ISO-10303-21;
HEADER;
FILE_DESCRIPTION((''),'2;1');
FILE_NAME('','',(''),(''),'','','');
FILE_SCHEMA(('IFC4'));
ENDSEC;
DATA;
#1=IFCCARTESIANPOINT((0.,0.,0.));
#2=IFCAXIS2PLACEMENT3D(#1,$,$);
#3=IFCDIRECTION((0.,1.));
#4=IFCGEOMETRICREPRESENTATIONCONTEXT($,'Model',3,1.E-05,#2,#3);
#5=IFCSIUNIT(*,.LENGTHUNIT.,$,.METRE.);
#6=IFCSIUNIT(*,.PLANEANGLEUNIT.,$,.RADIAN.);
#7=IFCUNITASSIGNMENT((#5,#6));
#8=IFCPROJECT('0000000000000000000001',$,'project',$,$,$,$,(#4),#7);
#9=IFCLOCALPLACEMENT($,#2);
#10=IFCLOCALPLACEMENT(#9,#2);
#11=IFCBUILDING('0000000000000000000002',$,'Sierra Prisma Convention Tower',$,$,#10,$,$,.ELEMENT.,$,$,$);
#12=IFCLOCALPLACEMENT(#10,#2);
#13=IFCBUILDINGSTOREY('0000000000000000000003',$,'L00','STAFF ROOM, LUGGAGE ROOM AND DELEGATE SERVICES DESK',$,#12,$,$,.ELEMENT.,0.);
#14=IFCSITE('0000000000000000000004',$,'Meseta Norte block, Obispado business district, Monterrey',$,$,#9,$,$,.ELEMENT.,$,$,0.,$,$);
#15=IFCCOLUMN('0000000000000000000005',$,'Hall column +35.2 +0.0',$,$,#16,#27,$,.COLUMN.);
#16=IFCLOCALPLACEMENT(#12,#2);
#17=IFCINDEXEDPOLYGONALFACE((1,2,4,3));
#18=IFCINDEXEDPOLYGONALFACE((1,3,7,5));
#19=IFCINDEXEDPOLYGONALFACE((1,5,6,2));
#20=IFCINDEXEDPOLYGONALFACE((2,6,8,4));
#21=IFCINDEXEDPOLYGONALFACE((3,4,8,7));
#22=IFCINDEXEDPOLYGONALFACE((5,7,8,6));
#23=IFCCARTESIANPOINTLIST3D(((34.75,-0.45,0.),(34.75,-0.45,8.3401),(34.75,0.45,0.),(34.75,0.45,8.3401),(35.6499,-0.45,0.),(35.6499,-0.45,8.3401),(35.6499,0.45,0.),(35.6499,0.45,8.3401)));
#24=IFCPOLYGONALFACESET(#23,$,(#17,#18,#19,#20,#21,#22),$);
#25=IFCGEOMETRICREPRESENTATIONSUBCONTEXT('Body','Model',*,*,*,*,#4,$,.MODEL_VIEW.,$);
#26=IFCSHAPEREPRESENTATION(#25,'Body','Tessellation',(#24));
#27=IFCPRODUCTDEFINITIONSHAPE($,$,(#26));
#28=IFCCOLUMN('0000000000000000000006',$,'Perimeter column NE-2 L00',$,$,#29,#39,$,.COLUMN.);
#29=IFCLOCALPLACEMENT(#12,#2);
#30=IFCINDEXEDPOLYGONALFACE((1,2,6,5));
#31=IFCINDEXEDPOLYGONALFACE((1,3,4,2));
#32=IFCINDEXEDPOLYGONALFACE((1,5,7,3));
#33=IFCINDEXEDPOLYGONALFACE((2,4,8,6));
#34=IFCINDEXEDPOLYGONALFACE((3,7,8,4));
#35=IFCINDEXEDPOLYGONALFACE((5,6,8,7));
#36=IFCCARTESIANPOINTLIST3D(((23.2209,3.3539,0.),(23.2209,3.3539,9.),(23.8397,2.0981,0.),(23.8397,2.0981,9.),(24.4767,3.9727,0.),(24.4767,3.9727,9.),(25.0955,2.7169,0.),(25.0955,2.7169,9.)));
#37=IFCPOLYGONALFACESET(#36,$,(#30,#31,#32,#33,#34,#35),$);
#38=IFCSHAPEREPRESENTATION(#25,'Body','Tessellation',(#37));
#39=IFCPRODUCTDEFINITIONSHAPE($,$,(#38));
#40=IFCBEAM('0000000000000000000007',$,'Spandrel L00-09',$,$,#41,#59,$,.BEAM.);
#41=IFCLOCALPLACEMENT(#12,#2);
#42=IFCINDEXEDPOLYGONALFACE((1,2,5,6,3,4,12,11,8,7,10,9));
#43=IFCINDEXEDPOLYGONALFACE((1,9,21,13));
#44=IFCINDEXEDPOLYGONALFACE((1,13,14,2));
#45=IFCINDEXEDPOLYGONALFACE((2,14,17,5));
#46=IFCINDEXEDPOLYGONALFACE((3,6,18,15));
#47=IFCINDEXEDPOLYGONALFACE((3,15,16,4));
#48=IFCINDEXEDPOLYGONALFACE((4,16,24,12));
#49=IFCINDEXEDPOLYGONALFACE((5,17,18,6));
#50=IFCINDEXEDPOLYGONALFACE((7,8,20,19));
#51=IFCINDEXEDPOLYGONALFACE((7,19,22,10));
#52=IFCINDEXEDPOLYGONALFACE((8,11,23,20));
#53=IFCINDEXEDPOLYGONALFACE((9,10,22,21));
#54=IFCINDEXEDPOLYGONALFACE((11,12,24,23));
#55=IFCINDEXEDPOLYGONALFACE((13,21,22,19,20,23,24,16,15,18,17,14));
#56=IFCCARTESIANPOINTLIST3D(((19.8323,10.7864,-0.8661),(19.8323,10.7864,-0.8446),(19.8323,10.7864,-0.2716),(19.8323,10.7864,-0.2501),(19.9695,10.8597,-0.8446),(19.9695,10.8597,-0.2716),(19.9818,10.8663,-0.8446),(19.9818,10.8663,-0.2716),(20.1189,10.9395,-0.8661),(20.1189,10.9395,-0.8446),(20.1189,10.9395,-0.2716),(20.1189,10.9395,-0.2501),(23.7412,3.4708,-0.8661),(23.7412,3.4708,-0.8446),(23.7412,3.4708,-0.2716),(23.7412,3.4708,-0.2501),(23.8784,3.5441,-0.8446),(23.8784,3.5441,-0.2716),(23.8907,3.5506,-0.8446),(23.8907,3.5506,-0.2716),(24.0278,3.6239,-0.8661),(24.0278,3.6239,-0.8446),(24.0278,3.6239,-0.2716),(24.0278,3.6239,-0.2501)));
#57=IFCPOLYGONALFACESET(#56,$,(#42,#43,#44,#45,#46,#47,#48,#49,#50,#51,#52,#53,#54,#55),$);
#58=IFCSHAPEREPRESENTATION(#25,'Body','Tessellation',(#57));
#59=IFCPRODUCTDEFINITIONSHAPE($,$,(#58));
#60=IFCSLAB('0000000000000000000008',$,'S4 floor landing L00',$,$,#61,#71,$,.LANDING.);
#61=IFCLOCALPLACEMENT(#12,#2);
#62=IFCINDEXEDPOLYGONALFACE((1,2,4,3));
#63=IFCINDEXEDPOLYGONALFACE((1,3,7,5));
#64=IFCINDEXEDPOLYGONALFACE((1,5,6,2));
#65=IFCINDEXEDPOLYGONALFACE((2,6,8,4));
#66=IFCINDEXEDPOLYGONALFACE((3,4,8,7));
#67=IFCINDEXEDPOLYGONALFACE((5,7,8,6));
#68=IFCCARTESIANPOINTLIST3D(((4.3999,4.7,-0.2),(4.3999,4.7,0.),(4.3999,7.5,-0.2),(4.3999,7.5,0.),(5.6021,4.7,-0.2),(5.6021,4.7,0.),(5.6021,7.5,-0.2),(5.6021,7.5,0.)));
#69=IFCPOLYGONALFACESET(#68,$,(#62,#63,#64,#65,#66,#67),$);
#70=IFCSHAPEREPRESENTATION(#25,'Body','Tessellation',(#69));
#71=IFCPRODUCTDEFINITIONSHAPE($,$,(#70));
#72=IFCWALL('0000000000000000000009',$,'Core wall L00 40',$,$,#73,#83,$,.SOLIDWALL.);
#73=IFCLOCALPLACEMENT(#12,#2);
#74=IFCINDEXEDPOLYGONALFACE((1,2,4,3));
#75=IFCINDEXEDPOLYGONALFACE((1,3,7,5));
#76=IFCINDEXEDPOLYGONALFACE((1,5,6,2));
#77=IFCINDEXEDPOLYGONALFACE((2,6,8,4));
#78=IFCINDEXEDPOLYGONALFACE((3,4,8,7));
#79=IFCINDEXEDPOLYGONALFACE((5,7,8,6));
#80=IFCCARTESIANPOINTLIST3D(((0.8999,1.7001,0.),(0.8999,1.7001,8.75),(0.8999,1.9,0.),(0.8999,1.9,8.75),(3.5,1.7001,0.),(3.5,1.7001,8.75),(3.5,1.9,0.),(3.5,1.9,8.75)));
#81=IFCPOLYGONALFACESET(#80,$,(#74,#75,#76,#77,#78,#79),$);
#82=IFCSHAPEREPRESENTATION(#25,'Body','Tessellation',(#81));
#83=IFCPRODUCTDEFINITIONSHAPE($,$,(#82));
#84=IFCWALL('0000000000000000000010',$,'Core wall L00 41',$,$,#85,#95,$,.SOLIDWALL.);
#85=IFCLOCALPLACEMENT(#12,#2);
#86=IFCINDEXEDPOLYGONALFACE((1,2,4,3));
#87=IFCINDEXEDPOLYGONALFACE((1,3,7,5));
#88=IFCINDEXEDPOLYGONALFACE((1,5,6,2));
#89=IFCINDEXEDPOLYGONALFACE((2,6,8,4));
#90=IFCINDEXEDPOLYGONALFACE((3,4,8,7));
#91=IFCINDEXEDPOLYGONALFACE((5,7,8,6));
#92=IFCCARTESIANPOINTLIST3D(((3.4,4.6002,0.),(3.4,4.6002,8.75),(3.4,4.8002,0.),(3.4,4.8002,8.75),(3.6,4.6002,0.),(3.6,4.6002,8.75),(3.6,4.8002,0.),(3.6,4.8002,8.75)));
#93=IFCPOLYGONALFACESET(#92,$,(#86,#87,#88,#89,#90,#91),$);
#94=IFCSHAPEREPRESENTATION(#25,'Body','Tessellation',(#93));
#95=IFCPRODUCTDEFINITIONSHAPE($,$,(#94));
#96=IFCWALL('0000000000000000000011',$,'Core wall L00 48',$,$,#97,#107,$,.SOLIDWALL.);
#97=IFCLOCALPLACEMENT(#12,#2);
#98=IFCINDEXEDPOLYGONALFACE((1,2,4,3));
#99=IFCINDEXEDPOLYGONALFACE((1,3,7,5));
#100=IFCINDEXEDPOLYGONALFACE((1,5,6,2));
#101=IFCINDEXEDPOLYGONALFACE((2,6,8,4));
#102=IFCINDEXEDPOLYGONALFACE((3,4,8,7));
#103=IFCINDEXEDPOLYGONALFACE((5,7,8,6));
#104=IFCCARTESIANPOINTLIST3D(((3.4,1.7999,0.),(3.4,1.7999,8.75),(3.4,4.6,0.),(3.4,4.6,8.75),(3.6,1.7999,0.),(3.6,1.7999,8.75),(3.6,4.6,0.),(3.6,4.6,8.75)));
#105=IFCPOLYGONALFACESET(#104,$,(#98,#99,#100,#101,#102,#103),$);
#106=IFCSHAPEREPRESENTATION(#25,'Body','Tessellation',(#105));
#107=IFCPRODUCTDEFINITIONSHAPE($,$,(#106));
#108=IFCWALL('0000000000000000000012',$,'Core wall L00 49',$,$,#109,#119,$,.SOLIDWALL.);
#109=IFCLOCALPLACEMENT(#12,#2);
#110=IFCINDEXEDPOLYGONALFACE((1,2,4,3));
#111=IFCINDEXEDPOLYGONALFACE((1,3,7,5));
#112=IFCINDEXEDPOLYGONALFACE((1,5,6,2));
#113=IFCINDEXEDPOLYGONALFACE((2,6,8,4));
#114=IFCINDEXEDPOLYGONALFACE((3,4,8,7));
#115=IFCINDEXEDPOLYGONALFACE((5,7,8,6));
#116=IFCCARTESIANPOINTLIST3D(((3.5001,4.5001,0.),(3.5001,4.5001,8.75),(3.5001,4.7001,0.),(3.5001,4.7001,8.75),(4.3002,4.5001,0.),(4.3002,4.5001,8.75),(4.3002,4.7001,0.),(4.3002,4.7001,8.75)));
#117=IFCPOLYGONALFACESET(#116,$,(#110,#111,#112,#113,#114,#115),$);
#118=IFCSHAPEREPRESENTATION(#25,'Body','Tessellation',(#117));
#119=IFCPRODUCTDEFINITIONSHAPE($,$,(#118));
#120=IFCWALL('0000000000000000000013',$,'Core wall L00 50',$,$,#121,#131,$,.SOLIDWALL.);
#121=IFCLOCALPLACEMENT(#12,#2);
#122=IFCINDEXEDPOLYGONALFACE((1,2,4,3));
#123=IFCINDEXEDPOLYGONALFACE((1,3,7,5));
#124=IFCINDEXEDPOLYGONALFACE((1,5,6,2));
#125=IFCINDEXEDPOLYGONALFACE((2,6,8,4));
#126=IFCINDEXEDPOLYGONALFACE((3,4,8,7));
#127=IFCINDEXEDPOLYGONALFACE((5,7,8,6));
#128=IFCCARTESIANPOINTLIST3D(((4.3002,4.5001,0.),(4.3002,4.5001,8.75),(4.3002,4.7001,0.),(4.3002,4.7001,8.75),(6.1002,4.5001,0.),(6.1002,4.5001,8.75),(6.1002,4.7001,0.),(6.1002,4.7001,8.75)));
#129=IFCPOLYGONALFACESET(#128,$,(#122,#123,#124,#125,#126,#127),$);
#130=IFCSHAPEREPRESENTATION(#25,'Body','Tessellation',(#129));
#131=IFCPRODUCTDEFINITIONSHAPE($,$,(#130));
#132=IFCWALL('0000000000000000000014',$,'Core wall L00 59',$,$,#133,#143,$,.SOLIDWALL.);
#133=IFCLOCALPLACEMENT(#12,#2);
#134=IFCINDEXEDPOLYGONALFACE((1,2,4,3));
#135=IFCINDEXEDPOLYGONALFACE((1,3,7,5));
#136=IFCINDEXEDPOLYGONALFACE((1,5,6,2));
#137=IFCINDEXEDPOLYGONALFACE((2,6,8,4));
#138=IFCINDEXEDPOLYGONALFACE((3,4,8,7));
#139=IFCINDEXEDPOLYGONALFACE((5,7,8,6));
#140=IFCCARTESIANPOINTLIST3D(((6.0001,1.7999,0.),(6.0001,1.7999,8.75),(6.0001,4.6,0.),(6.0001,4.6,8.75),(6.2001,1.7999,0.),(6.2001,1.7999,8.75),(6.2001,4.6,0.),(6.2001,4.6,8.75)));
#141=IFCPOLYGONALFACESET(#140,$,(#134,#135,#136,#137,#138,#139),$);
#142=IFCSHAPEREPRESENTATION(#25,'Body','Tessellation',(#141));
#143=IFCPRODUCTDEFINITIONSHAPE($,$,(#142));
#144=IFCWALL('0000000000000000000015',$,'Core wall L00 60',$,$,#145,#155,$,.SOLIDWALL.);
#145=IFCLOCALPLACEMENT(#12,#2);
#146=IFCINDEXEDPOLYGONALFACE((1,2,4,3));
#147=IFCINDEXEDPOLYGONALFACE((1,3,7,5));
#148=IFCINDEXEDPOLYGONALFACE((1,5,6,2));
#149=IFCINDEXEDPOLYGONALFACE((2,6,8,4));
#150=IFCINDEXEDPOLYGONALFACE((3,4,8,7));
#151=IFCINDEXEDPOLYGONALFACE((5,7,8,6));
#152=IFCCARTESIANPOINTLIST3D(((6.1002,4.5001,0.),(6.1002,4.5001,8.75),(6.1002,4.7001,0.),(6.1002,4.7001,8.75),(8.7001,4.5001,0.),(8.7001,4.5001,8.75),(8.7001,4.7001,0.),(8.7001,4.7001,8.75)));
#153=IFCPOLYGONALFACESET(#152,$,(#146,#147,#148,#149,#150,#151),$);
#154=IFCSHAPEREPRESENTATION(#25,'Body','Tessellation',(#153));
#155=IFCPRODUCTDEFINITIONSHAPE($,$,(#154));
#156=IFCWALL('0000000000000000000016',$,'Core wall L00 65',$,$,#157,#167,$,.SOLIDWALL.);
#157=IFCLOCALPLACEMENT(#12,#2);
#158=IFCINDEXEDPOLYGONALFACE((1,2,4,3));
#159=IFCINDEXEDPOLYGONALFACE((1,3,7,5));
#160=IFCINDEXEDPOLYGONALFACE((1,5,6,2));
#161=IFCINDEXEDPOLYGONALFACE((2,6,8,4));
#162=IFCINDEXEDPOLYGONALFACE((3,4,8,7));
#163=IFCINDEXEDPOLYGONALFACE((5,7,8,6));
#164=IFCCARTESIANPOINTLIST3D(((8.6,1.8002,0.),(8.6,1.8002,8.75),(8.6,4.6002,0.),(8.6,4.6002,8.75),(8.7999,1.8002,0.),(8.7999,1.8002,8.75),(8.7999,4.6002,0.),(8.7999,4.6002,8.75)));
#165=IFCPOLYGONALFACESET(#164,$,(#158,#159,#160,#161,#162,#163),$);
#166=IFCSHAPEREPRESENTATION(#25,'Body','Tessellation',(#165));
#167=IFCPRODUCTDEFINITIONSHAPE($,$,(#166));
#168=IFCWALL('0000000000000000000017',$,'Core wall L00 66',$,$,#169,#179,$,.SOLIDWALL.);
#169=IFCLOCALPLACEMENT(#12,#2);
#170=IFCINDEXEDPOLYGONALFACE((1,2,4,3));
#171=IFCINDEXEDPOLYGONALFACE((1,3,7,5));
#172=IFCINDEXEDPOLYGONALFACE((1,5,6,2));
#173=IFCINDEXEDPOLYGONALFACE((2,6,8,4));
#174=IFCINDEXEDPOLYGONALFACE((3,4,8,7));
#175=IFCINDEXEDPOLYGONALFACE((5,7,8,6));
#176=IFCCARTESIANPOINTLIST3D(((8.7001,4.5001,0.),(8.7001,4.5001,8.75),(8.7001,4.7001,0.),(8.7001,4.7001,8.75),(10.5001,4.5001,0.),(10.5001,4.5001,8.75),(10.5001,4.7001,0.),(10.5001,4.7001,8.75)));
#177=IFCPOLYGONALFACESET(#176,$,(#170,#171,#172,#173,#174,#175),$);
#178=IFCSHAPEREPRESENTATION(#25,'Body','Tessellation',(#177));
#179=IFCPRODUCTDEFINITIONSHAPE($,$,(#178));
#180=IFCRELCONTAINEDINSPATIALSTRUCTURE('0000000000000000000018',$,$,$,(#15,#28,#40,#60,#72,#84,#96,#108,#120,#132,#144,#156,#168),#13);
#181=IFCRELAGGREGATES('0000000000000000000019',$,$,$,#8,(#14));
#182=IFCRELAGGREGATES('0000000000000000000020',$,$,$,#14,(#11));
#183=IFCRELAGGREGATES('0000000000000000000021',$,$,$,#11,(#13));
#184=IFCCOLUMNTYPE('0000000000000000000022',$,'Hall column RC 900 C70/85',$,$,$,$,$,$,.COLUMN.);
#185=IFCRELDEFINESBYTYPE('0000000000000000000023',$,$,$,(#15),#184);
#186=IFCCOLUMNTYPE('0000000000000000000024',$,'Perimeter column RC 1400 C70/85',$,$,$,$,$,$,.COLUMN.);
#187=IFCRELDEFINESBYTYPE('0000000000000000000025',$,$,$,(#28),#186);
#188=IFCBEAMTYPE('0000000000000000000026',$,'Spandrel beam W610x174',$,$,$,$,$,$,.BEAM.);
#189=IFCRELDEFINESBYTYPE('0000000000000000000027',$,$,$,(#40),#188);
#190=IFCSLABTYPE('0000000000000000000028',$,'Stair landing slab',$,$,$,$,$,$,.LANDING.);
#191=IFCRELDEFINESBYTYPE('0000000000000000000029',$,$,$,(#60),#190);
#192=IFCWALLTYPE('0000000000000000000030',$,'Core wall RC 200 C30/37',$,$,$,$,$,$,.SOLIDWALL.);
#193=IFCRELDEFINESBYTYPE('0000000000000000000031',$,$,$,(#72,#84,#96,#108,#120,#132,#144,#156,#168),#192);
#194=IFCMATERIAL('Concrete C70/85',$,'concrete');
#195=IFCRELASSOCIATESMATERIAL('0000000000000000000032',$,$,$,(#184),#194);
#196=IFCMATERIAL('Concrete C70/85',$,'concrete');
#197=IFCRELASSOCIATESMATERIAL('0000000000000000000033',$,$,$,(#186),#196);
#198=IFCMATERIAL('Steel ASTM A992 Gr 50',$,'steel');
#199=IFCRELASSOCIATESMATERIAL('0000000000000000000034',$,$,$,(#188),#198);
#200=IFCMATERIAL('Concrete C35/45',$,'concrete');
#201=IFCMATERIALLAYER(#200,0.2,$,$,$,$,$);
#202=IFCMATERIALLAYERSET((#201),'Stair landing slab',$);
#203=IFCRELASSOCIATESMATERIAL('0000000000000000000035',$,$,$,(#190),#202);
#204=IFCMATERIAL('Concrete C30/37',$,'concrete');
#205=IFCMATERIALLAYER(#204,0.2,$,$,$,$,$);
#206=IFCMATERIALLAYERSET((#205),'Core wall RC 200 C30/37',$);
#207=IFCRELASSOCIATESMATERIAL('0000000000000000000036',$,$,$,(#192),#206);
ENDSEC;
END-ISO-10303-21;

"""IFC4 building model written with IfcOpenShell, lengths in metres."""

from ifc_helpers import new_model, si_unit, direction, frame, frame_2d, origin, origin_2d, place, context, subcontext, project, spatial, polyline, rectangle, i_section, outline, extrude, material, layer, layer_set, material_profile, profile_set, type_object, element, save


model = new_model("IFC4")

# Units and contexts
model_context = context("Model", 3, precision=1e-05, world=origin(), true_north=direction((0.0, 1.0)))
body_context = subcontext(model_context, "Body", "Model", "MODEL_VIEW")
ifc_project = project(units=[si_unit("LENGTHUNIT", "METRE"), si_unit("PLANEANGLEUNIT", "RADIAN")], contexts=[model_context])

# Site, building, storey
site_placement = place(None, origin())
site = spatial("IfcSite", under=ifc_project, at=site_placement, Name="Meseta Norte block, Obispado business district, Monterrey", CompositionType="ELEMENT", RefElevation=0.0)
building_placement = place(site_placement, origin())
building = spatial("IfcBuilding", under=site, at=building_placement, Name="Sierra Prisma Convention Tower", CompositionType="ELEMENT")
storey_placement = place(building_placement, origin())
storey = spatial("IfcBuildingStorey", under=building, at=storey_placement, Name="L00", Description="STAFF ROOM, LUGGAGE ROOM AND DELEGATE SERVICES DESK", CompositionType="ELEMENT", Elevation=0.0)

# Columns
ifc_material_1 = material(Name="Concrete C70/85", Category="concrete")
ifc_material_profile_1 = material_profile(ifc_material_1, rectangle(XDim=0.8999, YDim=0.8999, at=origin_2d()), Name="Hall column RC 900 C70/85")
ifc_profile_set_1 = profile_set([ifc_material_profile_1], Name="Concrete C70/85")
column_type_1 = type_object("IfcColumnType", Name="Hall column RC 900 C70/85", PredefinedType="COLUMN", material=ifc_profile_set_1)
column_1_placement = place(storey_placement, frame((35.2, 0.0, 0.0), z_axis=(0.0, 0.0, 1.0), x_axis=(1.0, 0.0, 0.0)))
element("IfcColumn", 1, at=column_1_placement, inside=storey, type_object=column_type_1, Name="Hall column +35.2 +0.0", PredefinedType="COLUMN", context=body_context, shape_type="SweptSolid", body=[
    extrude(rectangle(XDim=0.8999, YDim=0.8999, at=origin_2d()), origin(), (0.0, 0.0, 1.0), 8.3401),
])
ifc_material_2 = material(Name="Concrete C70/85", Category="concrete")
ifc_material_profile_2 = material_profile(ifc_material_2, rectangle(XDim=1.3999, YDim=1.3999, at=origin_2d()), Name="Perimeter column RC 1400 C70/85")
ifc_profile_set_2 = profile_set([ifc_material_profile_2], Name="Concrete C70/85")
column_type_2 = type_object("IfcColumnType", Name="Perimeter column RC 1400 C70/85", PredefinedType="COLUMN", material=ifc_profile_set_2)
column_2_placement = place(storey_placement, frame((24.1582, 3.0354, 0.0), z_axis=(0.0, 0.0, 1.0), x_axis=(-0.442023, 0.897004, 0.0)))
element("IfcColumn", 2, at=column_2_placement, inside=storey, type_object=column_type_2, Name="Perimeter column NE-2 L00", PredefinedType="COLUMN", context=body_context, shape_type="SweptSolid", body=[
    extrude(rectangle(XDim=1.3999, YDim=1.3999, at=origin_2d()), origin(), (0.0, 0.0, 1.0), 9.0),
])

# Beam
ifc_material_3 = material(Name="Steel ASTM A992 Gr 50", Category="steel")
ifc_material_profile_3 = material_profile(ifc_material_3, i_section(OverallWidth=0.325, OverallDepth=0.616, WebThickness=0.0139, FlangeThickness=0.0215, at=origin_2d()), Name="W610x174")
ifc_profile_set_3 = profile_set([ifc_material_profile_3], Name="Steel ASTM A992 Gr 50")
beam_type = type_object("IfcBeamType", Name="Spandrel beam W610x174", PredefinedType="BEAM", material=ifc_profile_set_3)
beam_placement = place(storey_placement, frame((23.8845, 3.5474, -0.5581), z_axis=(-0.471268, 0.88199, 0.0), x_axis=(-0.88199, -0.471268, 0.0)))
element("IfcBeam", 3, at=beam_placement, inside=storey, type_object=beam_type, Name="Spandrel L00-09", PredefinedType="BEAM", context=body_context, shape_type="SweptSolid", body=[
    extrude(i_section(OverallWidth=0.325, OverallDepth=0.616, WebThickness=0.0139, FlangeThickness=0.0215, at=origin_2d()), origin(), (0.0, 0.0, 1.0), 8.2944),
])

# Slab
ifc_material_4 = material(Name="Concrete C35/45", Category="concrete")
ifc_layer_1 = layer(ifc_material_4, 0.2)
ifc_layer_set_1 = layer_set([ifc_layer_1], Name="Stair landing slab")
slab_type = type_object("IfcSlabType", Name="Stair landing slab", PredefinedType="LANDING", material=ifc_layer_set_1)
slab_placement = place(storey_placement, frame((0.0, 0.0, -0.2)))
element("IfcSlab", 4, at=slab_placement, inside=storey, type_object=slab_type, Name="S4 floor landing L00", PredefinedType="LANDING", context=body_context, shape_type="SweptSolid", body=[
    extrude(outline(polyline([(4.3999, 4.7), (5.6021, 4.7), (5.6021, 7.5), (4.3999, 7.5), (4.3999, 4.7)])), origin(), (0.0, 0.0, 1.0), 0.2),
])

# Shared definitions
ifc_material_5 = material(Name="Concrete C30/37", Category="concrete")
ifc_layer_2 = layer(ifc_material_5, 0.2)
ifc_layer_set_2 = layer_set([ifc_layer_2], Name="Core wall RC 200 C30/37")
wall_type_1 = type_object("IfcWallType", Name="Core wall RC 200 C30/37", PredefinedType="SOLIDWALL", material=ifc_layer_set_2)

# Walls
wall_1_placement = place(storey_placement, frame((3.5, 1.8, 0.0), z_axis=(0.0, 0.0, 1.0), x_axis=(-1.0, 0.0, 0.0)))
element("IfcWall", 5, at=wall_1_placement, inside=storey, type_object=wall_type_1, Name="Core wall L00 40", PredefinedType="SOLIDWALL", context=body_context, shape_type="SweptSolid", body=[
    extrude(rectangle(XDim=2.6001, YDim=0.2, at=frame_2d((1.3, 0.0))), origin(), (0.0, 0.0, 1.0), 8.75),
])
wall_2_placement = place(storey_placement, frame((3.5, 4.6001, 0.0), z_axis=(0.0, 0.0, 1.0), x_axis=(0.0, 1.0, 0.0)))
element("IfcWall", 6, at=wall_2_placement, inside=storey, type_object=wall_type_1, Name="Core wall L00 41", PredefinedType="SOLIDWALL", context=body_context, shape_type="SweptSolid", body=[
    extrude(rectangle(XDim=0.2, YDim=0.2, at=frame_2d((0.1001, 0.0))), origin(), (0.0, 0.0, 1.0), 8.75),
])

# Walls
wall_3_placement = place(storey_placement, frame((3.5, 1.8, 0.0), z_axis=(0.0, 0.0, 1.0), x_axis=(0.0, 1.0, 0.0)))
element("IfcWall", 7, at=wall_3_placement, inside=storey, type_object=wall_type_1, Name="Core wall L00 48", PredefinedType="SOLIDWALL", context=body_context, shape_type="SweptSolid", body=[
    extrude(rectangle(XDim=2.8, YDim=0.2, at=frame_2d((1.3999, 0.0))), origin(), (0.0, 0.0, 1.0), 8.75),
])
wall_4_placement = place(storey_placement, frame((4.3, 4.6001, 0.0), z_axis=(0.0, 0.0, 1.0), x_axis=(-1.0, 0.0, 0.0)))
element("IfcWall", 8, at=wall_4_placement, inside=storey, type_object=wall_type_1, Name="Core wall L00 49", PredefinedType="SOLIDWALL", context=body_context, shape_type="SweptSolid", body=[
    extrude(rectangle(XDim=0.8, YDim=0.2, at=frame_2d((0.3999, 0.0))), origin(), (0.0, 0.0, 1.0), 8.75),
])
wall_5_placement = place(storey_placement, frame((6.1001, 4.6001, 0.0), z_axis=(0.0, 0.0, 1.0), x_axis=(-1.0, 0.0, 0.0)))
element("IfcWall", 9, at=wall_5_placement, inside=storey, type_object=wall_type_1, Name="Core wall L00 50", PredefinedType="SOLIDWALL", context=body_context, shape_type="SweptSolid", body=[
    extrude(rectangle(XDim=1.8, YDim=0.2, at=frame_2d((0.8999, 0.0))), origin(), (0.0, 0.0, 1.0), 8.75),
])

# Walls
wall_6_placement = place(storey_placement, frame((6.1001, 1.8, 0.0), z_axis=(0.0, 0.0, 1.0), x_axis=(0.0, 1.0, 0.0)))
element("IfcWall", 10, at=wall_6_placement, inside=storey, type_object=wall_type_1, Name="Core wall L00 59", PredefinedType="SOLIDWALL", context=body_context, shape_type="SweptSolid", body=[
    extrude(rectangle(XDim=2.8, YDim=0.2, at=frame_2d((1.3999, 0.0))), origin(), (0.0, 0.0, 1.0), 8.75),
])
wall_7_placement = place(storey_placement, frame((8.7, 4.6001, 0.0), z_axis=(0.0, 0.0, 1.0), x_axis=(-1.0, 0.0, 0.0)))
element("IfcWall", 11, at=wall_7_placement, inside=storey, type_object=wall_type_1, Name="Core wall L00 60", PredefinedType="SOLIDWALL", context=body_context, shape_type="SweptSolid", body=[
    extrude(rectangle(XDim=2.5999, YDim=0.2, at=frame_2d((1.2998, 0.0))), origin(), (0.0, 0.0, 1.0), 8.75),
])

# Walls
wall_8_placement = place(storey_placement, frame((8.7, 4.6001, 0.0), z_axis=(0.0, 0.0, 1.0), x_axis=(0.0, -1.0, 0.0)))
element("IfcWall", 12, at=wall_8_placement, inside=storey, type_object=wall_type_1, Name="Core wall L00 65", PredefinedType="SOLIDWALL", context=body_context, shape_type="SweptSolid", body=[
    extrude(rectangle(XDim=2.8, YDim=0.2, at=frame_2d((1.3999, 0.0))), origin(), (0.0, 0.0, 1.0), 8.75),
])
wall_9_placement = place(storey_placement, frame((10.5, 4.6001, 0.0), z_axis=(0.0, 0.0, 1.0), x_axis=(-1.0, 0.0, 0.0)))
element("IfcWall", 13, at=wall_9_placement, inside=storey, type_object=wall_type_1, Name="Core wall L00 66", PredefinedType="SOLIDWALL", context=body_context, shape_type="SweptSolid", body=[
    extrude(rectangle(XDim=1.8, YDim=0.2, at=frame_2d((0.8999, 0.0))), origin(), (0.0, 0.0, 1.0), 8.75),
])

save(model, "model.ifc")
